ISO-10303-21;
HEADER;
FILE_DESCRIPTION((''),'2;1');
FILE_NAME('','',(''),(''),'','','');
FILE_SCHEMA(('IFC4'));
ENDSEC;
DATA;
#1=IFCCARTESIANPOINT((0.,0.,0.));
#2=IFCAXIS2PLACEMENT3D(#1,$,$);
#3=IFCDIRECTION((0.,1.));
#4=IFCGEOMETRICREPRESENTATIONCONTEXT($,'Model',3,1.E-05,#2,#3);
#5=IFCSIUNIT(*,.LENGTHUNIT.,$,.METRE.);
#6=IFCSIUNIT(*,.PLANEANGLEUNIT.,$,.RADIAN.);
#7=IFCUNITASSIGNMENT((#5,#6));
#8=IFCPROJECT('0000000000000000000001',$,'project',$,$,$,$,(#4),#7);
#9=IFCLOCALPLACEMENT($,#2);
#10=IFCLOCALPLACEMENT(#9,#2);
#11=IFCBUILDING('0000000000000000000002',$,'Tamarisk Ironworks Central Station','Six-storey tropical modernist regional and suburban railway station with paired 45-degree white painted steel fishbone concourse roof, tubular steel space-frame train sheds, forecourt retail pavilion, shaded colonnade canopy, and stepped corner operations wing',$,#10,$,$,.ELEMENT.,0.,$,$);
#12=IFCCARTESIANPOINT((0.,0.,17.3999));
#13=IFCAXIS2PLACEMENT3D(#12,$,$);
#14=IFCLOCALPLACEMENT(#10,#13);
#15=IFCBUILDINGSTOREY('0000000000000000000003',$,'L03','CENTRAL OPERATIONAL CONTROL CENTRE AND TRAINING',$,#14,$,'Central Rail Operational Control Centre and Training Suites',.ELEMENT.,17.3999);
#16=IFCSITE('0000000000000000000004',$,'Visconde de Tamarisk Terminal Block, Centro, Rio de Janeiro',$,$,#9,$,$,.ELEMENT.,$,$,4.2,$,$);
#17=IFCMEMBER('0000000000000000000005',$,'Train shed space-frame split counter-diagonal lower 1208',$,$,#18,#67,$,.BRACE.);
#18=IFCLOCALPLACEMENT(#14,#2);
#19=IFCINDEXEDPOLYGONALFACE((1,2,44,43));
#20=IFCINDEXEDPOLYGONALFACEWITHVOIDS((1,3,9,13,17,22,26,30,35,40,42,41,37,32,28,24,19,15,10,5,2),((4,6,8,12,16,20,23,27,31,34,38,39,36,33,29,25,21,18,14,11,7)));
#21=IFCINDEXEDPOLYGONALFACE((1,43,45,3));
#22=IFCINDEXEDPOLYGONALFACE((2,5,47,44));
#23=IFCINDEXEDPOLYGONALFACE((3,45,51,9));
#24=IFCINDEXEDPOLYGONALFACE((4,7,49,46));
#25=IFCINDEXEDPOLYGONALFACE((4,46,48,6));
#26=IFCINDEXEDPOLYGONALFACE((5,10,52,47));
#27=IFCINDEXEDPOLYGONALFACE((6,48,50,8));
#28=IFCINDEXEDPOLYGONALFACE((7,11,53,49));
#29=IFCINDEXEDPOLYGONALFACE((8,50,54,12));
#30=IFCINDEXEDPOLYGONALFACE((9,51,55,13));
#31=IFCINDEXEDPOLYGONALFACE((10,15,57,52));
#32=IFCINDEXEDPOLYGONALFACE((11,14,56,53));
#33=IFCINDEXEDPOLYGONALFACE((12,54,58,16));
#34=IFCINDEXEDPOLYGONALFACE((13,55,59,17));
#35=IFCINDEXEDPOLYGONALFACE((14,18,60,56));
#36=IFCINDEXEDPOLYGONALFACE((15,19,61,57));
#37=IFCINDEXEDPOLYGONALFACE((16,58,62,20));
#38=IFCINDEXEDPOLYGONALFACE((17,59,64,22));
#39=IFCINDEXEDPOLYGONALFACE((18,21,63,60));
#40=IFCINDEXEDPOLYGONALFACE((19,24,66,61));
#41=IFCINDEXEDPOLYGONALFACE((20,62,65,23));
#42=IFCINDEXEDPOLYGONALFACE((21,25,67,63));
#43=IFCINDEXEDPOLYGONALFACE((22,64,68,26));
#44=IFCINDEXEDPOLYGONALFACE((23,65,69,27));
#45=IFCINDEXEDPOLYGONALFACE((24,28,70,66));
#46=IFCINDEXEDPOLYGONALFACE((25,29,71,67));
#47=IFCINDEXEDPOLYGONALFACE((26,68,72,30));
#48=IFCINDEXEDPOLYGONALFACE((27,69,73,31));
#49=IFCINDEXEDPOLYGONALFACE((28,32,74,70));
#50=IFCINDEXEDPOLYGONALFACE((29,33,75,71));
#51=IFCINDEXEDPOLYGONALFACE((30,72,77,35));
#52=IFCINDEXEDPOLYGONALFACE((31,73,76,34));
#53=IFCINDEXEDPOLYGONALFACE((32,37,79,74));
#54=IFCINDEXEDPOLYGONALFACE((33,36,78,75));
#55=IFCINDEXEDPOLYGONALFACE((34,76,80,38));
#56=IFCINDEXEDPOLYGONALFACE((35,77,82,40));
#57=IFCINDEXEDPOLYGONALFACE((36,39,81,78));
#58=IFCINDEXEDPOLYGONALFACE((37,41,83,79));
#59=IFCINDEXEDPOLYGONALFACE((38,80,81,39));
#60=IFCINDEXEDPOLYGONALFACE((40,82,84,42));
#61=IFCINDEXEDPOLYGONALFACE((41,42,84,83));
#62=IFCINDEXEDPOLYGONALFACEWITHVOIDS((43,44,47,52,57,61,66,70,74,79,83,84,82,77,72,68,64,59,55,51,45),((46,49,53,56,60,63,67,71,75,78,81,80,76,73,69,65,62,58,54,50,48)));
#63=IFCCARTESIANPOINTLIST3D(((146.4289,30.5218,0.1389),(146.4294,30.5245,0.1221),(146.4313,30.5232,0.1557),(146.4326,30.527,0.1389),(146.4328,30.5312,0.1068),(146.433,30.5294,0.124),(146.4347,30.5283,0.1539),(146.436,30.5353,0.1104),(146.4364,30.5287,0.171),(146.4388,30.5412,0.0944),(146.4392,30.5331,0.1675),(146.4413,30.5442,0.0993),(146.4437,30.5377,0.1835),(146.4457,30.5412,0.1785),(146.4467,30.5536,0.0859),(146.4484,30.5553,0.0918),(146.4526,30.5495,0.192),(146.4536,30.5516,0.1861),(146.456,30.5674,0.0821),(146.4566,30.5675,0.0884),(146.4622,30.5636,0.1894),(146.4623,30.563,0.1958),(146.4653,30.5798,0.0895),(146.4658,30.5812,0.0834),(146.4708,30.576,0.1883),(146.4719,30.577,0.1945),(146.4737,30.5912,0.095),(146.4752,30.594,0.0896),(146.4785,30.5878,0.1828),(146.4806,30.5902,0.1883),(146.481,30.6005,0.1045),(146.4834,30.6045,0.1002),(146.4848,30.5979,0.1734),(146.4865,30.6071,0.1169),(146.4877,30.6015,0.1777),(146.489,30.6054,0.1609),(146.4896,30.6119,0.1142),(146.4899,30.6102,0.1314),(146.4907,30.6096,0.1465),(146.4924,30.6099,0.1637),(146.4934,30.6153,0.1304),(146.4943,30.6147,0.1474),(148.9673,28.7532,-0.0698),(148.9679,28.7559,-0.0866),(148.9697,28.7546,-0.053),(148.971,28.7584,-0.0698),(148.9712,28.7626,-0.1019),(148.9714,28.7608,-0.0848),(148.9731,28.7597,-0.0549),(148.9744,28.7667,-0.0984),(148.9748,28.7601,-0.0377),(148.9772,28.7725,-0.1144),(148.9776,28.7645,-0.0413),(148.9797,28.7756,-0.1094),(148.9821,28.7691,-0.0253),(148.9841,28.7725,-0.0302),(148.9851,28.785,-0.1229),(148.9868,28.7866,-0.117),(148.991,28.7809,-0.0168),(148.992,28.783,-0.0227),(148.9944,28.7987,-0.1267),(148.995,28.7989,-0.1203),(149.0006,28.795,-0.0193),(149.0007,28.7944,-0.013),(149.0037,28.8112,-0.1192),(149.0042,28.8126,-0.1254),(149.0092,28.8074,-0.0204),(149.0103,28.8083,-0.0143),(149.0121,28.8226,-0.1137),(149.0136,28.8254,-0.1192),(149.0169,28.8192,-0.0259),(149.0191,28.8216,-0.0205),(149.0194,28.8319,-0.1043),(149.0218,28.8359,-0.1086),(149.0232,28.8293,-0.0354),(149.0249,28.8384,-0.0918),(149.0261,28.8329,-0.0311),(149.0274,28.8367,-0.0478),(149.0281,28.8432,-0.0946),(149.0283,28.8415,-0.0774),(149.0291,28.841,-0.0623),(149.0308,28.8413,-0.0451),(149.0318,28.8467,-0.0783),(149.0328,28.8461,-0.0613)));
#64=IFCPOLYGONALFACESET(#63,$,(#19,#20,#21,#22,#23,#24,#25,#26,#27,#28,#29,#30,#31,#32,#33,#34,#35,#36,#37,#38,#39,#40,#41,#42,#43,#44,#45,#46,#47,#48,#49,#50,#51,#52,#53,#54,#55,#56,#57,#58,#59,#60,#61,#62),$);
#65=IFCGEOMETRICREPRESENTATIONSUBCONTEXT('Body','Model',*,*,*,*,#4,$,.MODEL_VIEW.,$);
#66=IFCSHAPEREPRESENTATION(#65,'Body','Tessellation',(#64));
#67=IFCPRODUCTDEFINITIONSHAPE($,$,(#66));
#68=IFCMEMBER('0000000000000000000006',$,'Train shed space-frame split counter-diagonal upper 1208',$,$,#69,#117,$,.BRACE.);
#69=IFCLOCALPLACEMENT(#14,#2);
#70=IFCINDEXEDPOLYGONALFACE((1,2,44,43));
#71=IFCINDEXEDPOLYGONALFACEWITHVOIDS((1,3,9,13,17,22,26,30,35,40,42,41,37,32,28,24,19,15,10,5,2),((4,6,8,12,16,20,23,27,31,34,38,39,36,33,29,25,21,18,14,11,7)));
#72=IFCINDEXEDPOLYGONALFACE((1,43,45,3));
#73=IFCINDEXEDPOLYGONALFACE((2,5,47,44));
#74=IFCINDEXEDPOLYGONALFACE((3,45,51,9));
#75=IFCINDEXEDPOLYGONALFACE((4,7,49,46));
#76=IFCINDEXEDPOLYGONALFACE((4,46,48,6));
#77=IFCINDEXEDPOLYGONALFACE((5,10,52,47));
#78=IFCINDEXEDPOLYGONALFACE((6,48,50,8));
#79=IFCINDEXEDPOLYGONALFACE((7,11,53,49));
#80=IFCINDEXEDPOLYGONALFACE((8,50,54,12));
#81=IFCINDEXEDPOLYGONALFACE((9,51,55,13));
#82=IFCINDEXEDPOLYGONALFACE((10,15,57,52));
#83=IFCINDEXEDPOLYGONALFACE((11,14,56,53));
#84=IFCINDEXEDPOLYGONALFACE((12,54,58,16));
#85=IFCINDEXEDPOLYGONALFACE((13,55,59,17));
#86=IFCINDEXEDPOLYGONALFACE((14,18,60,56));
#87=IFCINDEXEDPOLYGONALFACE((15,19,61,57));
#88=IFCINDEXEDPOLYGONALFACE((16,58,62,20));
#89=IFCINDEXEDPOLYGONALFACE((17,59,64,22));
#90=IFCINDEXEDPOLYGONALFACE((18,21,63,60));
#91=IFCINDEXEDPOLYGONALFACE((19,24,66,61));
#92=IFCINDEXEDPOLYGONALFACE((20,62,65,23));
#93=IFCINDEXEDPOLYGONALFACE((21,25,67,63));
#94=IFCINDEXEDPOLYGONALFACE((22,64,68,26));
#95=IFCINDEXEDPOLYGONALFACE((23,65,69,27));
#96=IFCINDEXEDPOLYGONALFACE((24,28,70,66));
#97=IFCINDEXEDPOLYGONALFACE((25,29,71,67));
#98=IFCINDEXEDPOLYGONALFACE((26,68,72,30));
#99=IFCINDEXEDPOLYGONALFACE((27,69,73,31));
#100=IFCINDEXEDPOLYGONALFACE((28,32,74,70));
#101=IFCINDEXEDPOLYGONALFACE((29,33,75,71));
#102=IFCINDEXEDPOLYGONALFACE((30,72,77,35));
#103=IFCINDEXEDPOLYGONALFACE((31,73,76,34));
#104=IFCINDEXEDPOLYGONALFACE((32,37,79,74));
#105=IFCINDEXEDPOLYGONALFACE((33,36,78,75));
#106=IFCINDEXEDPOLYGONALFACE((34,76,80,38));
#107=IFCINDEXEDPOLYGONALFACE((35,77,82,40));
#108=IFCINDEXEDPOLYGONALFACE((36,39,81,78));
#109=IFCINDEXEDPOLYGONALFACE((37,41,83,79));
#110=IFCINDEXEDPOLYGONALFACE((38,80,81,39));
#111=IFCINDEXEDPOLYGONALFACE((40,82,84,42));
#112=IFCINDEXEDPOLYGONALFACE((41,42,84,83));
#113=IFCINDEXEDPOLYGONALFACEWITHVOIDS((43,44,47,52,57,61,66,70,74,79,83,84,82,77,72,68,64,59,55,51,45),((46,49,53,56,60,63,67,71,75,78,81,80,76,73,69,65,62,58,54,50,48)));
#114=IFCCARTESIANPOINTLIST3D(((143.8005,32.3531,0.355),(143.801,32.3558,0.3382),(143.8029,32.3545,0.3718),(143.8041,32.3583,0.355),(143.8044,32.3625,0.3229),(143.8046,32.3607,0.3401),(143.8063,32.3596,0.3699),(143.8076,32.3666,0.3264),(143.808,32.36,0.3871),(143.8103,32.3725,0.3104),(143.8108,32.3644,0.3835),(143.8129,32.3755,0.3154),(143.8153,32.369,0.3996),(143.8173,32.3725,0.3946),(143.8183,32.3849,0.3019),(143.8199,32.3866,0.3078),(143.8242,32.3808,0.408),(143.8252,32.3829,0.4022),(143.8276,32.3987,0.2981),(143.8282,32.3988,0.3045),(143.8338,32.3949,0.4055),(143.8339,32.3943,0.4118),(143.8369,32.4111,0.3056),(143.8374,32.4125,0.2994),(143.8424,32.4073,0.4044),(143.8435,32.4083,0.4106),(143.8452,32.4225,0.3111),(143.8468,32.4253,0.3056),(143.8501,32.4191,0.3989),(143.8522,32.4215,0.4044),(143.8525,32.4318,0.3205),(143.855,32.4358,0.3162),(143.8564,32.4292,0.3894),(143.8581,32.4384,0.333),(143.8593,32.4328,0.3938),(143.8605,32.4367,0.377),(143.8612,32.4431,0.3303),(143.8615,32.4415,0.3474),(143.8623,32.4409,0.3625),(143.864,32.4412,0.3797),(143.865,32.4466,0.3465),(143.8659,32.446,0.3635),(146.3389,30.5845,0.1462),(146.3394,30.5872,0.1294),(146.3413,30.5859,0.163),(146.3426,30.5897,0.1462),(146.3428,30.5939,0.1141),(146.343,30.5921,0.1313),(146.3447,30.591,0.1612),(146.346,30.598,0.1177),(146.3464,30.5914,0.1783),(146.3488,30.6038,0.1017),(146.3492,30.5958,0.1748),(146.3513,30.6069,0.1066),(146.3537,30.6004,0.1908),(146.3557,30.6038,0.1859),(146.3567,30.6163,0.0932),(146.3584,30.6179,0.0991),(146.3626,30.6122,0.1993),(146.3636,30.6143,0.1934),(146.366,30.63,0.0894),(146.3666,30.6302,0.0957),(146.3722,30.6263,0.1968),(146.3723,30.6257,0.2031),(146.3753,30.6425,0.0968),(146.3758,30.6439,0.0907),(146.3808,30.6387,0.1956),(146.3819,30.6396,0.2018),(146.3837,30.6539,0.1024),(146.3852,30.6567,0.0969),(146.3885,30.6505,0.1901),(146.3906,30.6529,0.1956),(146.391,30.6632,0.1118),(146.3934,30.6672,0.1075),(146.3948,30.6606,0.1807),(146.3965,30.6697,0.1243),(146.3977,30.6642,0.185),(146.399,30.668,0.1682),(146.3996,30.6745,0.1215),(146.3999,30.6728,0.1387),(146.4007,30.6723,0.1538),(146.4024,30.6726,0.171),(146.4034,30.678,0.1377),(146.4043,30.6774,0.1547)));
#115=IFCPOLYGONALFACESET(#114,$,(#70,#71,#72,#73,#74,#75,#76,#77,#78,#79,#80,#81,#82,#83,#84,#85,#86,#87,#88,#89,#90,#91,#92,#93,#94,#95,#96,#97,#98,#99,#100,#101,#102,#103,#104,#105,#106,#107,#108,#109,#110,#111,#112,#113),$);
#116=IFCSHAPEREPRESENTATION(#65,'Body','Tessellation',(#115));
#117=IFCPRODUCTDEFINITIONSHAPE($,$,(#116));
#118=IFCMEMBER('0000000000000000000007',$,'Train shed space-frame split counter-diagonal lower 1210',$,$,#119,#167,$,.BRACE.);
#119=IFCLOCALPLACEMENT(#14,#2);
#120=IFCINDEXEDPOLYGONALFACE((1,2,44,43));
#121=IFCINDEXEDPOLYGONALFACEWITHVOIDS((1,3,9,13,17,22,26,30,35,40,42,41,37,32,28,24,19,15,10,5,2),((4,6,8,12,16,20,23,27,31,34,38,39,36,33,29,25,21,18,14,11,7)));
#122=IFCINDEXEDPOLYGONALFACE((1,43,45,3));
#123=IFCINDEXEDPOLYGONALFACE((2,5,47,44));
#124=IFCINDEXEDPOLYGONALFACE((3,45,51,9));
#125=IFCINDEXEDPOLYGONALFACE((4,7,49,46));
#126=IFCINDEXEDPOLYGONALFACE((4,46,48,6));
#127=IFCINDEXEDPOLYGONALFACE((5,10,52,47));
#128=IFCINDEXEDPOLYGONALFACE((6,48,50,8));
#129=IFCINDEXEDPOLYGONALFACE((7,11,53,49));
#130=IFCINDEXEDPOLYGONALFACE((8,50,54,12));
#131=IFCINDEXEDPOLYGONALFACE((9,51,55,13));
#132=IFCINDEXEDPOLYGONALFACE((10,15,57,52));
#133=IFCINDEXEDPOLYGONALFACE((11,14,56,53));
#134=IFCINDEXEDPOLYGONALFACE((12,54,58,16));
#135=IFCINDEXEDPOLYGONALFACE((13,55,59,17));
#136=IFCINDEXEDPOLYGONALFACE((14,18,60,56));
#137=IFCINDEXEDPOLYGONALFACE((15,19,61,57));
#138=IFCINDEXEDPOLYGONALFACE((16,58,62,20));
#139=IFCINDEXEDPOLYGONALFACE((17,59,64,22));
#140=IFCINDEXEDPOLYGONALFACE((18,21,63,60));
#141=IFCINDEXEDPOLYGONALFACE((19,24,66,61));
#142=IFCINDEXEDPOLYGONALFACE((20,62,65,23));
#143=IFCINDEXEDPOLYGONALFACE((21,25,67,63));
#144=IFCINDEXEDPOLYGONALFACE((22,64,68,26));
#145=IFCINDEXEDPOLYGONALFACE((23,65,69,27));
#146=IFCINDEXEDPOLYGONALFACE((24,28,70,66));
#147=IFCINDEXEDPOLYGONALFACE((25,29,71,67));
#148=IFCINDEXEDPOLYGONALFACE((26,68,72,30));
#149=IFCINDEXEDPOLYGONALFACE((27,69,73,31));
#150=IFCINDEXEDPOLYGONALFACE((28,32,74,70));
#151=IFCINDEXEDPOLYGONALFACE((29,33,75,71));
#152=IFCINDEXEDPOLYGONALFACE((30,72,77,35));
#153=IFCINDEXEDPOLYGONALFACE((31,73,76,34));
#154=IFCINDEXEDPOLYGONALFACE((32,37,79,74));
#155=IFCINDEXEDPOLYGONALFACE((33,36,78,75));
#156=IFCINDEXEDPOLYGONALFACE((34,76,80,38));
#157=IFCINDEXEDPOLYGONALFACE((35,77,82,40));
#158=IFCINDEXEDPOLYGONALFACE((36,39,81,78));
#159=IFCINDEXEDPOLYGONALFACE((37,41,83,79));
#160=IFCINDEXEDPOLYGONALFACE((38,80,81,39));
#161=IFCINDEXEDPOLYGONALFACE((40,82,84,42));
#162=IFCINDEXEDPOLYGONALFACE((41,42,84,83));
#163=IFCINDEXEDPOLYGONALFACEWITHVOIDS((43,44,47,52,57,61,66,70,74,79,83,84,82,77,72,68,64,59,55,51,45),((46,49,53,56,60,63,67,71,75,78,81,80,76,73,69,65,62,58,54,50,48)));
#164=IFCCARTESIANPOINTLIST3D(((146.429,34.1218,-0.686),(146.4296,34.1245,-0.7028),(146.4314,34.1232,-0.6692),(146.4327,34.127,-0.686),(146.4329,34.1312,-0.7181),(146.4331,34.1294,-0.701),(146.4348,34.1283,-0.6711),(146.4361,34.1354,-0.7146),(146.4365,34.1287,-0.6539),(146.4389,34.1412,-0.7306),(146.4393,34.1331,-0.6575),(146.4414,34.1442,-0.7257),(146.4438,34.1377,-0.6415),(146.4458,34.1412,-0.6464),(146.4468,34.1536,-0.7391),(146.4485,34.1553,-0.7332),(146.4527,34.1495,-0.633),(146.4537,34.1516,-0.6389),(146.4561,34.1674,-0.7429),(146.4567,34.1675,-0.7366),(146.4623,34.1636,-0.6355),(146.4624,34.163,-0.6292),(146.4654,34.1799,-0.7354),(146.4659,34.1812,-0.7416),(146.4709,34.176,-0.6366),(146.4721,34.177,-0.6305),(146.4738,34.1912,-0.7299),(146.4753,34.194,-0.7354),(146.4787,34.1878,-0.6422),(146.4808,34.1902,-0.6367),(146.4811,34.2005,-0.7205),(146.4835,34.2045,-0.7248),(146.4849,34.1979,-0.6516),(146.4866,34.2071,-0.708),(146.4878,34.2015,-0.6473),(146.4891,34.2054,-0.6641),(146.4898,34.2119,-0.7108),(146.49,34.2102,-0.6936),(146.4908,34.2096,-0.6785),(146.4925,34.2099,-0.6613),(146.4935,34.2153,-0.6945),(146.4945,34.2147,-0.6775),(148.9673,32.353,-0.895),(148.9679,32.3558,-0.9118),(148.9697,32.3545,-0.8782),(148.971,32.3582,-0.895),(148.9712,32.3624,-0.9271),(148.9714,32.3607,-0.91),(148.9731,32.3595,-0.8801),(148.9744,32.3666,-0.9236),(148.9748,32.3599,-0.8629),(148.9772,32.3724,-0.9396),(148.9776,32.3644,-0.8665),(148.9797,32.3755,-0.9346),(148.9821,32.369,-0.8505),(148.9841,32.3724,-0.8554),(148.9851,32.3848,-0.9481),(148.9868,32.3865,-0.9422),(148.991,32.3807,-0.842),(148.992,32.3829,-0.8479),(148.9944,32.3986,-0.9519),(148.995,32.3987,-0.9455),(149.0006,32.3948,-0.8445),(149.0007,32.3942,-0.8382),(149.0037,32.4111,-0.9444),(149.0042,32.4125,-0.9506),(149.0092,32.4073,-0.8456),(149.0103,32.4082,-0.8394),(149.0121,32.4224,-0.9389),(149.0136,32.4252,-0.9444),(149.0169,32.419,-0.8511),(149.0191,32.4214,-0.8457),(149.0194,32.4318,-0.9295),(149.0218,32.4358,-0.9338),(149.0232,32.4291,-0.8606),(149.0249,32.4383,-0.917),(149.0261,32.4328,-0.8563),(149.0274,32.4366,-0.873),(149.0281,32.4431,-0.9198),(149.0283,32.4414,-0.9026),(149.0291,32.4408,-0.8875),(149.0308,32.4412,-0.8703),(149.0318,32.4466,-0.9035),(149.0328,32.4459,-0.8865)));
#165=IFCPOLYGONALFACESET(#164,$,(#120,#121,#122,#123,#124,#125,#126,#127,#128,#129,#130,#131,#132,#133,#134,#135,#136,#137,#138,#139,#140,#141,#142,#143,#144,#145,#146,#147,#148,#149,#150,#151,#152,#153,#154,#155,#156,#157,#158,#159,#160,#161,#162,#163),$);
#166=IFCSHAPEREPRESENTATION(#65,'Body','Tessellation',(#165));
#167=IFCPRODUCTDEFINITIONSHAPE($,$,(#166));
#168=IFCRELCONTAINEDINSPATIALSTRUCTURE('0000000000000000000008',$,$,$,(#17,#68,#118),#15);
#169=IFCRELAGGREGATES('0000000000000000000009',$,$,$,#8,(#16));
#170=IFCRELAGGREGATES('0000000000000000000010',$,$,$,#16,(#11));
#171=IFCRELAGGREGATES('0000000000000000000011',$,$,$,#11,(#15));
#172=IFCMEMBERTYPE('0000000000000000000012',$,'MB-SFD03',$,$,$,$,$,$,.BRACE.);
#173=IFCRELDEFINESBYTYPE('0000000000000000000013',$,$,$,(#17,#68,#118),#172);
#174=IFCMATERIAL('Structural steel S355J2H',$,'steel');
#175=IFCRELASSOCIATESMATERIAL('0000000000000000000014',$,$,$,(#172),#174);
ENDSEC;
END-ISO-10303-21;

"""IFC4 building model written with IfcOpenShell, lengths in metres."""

from ifc_helpers import new_model, si_unit, direction, frame, origin, origin_2d, place, context, subcontext, project, spatial, hollow_circle, extrude, material, material_profile, profile_set, type_object, element, save


model = new_model("IFC4")

# Units and contexts
model_context = context("Model", 3, precision=1e-05, world=origin(), true_north=direction((0.0, 1.0)))
body_context = subcontext(model_context, "Body", "Model", "MODEL_VIEW")
ifc_project = project(units=[si_unit("LENGTHUNIT", "METRE"), si_unit("PLANEANGLEUNIT", "RADIAN")], contexts=[model_context])

# Site, building, storey
site_placement = place(None, origin())
site = spatial("IfcSite", under=ifc_project, at=site_placement, Name="Visconde de Tamarisk Terminal Block, Centro, Rio de Janeiro", CompositionType="ELEMENT", RefElevation=4.2)
building_placement = place(site_placement, origin())
building = spatial("IfcBuilding", under=site, at=building_placement, Name="Tamarisk Ironworks Central Station", Description="Six-storey tropical modernist regional and suburban railway station with paired 45-degree white painted steel fishbone concourse roof, tubular steel space-frame train sheds, forecourt retail pavilion, shaded colonnade canopy, and stepped corner operations wing", CompositionType="ELEMENT", ElevationOfRefHeight=0.0)
storey_placement = place(building_placement, frame((0.0, 0.0, 17.3999)))
storey = spatial("IfcBuildingStorey", under=building, at=storey_placement, Name="L03", Description="CENTRAL OPERATIONAL CONTROL CENTRE AND TRAINING", LongName="Central Rail Operational Control Centre and Training Suites", CompositionType="ELEMENT", Elevation=17.3999)

# Members
ifc_material = material(Name="Structural steel S355J2H", Category="steel")
ifc_material_profile_1 = material_profile(ifc_material, hollow_circle(Radius=0.0571, WallThickness=0.0063, at=origin_2d()), Name="CHS 114.3x6.3")
ifc_profile_set_1 = profile_set([ifc_material_profile_1], Name="Structural steel S355J2H")
member_type_1 = type_object("IfcMemberType", Name="MB-SFD03", PredefinedType="BRACE", material=ifc_profile_set_1)
for number, where, z_axis, x_axis, name in (
    (1, (149.0, 28.8, -0.0698), (-0.818625, 0.570369, 0.06732), (-0.571666, -0.820487, 0.0), "Train shed space-frame split counter-diagonal lower 1208"),
    (2, (146.3716, 30.6313, 0.1462), (-0.818625, 0.570369, 0.06732), (-0.571666, -0.820487, 0.0), "Train shed space-frame split counter-diagonal upper 1208"),
    (3, (149.0, 32.3999, -0.895), (-0.818584, 0.570419, 0.067395), (-0.571719, -0.82045, 0.0), "Train shed space-frame split counter-diagonal lower 1210"),
):
    element("IfcMember", number, at=place(storey_placement, frame(where, z_axis=z_axis, x_axis=x_axis)), inside=storey, type_object=member_type_1, Name=name, PredefinedType="BRACE", context=body_context, shape_type="SweptSolid", body=[
        extrude(hollow_circle(Radius=0.0571, WallThickness=0.0063, at=origin_2d()), origin(), (0.0, 0.0, 1.0), 3.1008),
    ])

save(model, "model.ifc")
